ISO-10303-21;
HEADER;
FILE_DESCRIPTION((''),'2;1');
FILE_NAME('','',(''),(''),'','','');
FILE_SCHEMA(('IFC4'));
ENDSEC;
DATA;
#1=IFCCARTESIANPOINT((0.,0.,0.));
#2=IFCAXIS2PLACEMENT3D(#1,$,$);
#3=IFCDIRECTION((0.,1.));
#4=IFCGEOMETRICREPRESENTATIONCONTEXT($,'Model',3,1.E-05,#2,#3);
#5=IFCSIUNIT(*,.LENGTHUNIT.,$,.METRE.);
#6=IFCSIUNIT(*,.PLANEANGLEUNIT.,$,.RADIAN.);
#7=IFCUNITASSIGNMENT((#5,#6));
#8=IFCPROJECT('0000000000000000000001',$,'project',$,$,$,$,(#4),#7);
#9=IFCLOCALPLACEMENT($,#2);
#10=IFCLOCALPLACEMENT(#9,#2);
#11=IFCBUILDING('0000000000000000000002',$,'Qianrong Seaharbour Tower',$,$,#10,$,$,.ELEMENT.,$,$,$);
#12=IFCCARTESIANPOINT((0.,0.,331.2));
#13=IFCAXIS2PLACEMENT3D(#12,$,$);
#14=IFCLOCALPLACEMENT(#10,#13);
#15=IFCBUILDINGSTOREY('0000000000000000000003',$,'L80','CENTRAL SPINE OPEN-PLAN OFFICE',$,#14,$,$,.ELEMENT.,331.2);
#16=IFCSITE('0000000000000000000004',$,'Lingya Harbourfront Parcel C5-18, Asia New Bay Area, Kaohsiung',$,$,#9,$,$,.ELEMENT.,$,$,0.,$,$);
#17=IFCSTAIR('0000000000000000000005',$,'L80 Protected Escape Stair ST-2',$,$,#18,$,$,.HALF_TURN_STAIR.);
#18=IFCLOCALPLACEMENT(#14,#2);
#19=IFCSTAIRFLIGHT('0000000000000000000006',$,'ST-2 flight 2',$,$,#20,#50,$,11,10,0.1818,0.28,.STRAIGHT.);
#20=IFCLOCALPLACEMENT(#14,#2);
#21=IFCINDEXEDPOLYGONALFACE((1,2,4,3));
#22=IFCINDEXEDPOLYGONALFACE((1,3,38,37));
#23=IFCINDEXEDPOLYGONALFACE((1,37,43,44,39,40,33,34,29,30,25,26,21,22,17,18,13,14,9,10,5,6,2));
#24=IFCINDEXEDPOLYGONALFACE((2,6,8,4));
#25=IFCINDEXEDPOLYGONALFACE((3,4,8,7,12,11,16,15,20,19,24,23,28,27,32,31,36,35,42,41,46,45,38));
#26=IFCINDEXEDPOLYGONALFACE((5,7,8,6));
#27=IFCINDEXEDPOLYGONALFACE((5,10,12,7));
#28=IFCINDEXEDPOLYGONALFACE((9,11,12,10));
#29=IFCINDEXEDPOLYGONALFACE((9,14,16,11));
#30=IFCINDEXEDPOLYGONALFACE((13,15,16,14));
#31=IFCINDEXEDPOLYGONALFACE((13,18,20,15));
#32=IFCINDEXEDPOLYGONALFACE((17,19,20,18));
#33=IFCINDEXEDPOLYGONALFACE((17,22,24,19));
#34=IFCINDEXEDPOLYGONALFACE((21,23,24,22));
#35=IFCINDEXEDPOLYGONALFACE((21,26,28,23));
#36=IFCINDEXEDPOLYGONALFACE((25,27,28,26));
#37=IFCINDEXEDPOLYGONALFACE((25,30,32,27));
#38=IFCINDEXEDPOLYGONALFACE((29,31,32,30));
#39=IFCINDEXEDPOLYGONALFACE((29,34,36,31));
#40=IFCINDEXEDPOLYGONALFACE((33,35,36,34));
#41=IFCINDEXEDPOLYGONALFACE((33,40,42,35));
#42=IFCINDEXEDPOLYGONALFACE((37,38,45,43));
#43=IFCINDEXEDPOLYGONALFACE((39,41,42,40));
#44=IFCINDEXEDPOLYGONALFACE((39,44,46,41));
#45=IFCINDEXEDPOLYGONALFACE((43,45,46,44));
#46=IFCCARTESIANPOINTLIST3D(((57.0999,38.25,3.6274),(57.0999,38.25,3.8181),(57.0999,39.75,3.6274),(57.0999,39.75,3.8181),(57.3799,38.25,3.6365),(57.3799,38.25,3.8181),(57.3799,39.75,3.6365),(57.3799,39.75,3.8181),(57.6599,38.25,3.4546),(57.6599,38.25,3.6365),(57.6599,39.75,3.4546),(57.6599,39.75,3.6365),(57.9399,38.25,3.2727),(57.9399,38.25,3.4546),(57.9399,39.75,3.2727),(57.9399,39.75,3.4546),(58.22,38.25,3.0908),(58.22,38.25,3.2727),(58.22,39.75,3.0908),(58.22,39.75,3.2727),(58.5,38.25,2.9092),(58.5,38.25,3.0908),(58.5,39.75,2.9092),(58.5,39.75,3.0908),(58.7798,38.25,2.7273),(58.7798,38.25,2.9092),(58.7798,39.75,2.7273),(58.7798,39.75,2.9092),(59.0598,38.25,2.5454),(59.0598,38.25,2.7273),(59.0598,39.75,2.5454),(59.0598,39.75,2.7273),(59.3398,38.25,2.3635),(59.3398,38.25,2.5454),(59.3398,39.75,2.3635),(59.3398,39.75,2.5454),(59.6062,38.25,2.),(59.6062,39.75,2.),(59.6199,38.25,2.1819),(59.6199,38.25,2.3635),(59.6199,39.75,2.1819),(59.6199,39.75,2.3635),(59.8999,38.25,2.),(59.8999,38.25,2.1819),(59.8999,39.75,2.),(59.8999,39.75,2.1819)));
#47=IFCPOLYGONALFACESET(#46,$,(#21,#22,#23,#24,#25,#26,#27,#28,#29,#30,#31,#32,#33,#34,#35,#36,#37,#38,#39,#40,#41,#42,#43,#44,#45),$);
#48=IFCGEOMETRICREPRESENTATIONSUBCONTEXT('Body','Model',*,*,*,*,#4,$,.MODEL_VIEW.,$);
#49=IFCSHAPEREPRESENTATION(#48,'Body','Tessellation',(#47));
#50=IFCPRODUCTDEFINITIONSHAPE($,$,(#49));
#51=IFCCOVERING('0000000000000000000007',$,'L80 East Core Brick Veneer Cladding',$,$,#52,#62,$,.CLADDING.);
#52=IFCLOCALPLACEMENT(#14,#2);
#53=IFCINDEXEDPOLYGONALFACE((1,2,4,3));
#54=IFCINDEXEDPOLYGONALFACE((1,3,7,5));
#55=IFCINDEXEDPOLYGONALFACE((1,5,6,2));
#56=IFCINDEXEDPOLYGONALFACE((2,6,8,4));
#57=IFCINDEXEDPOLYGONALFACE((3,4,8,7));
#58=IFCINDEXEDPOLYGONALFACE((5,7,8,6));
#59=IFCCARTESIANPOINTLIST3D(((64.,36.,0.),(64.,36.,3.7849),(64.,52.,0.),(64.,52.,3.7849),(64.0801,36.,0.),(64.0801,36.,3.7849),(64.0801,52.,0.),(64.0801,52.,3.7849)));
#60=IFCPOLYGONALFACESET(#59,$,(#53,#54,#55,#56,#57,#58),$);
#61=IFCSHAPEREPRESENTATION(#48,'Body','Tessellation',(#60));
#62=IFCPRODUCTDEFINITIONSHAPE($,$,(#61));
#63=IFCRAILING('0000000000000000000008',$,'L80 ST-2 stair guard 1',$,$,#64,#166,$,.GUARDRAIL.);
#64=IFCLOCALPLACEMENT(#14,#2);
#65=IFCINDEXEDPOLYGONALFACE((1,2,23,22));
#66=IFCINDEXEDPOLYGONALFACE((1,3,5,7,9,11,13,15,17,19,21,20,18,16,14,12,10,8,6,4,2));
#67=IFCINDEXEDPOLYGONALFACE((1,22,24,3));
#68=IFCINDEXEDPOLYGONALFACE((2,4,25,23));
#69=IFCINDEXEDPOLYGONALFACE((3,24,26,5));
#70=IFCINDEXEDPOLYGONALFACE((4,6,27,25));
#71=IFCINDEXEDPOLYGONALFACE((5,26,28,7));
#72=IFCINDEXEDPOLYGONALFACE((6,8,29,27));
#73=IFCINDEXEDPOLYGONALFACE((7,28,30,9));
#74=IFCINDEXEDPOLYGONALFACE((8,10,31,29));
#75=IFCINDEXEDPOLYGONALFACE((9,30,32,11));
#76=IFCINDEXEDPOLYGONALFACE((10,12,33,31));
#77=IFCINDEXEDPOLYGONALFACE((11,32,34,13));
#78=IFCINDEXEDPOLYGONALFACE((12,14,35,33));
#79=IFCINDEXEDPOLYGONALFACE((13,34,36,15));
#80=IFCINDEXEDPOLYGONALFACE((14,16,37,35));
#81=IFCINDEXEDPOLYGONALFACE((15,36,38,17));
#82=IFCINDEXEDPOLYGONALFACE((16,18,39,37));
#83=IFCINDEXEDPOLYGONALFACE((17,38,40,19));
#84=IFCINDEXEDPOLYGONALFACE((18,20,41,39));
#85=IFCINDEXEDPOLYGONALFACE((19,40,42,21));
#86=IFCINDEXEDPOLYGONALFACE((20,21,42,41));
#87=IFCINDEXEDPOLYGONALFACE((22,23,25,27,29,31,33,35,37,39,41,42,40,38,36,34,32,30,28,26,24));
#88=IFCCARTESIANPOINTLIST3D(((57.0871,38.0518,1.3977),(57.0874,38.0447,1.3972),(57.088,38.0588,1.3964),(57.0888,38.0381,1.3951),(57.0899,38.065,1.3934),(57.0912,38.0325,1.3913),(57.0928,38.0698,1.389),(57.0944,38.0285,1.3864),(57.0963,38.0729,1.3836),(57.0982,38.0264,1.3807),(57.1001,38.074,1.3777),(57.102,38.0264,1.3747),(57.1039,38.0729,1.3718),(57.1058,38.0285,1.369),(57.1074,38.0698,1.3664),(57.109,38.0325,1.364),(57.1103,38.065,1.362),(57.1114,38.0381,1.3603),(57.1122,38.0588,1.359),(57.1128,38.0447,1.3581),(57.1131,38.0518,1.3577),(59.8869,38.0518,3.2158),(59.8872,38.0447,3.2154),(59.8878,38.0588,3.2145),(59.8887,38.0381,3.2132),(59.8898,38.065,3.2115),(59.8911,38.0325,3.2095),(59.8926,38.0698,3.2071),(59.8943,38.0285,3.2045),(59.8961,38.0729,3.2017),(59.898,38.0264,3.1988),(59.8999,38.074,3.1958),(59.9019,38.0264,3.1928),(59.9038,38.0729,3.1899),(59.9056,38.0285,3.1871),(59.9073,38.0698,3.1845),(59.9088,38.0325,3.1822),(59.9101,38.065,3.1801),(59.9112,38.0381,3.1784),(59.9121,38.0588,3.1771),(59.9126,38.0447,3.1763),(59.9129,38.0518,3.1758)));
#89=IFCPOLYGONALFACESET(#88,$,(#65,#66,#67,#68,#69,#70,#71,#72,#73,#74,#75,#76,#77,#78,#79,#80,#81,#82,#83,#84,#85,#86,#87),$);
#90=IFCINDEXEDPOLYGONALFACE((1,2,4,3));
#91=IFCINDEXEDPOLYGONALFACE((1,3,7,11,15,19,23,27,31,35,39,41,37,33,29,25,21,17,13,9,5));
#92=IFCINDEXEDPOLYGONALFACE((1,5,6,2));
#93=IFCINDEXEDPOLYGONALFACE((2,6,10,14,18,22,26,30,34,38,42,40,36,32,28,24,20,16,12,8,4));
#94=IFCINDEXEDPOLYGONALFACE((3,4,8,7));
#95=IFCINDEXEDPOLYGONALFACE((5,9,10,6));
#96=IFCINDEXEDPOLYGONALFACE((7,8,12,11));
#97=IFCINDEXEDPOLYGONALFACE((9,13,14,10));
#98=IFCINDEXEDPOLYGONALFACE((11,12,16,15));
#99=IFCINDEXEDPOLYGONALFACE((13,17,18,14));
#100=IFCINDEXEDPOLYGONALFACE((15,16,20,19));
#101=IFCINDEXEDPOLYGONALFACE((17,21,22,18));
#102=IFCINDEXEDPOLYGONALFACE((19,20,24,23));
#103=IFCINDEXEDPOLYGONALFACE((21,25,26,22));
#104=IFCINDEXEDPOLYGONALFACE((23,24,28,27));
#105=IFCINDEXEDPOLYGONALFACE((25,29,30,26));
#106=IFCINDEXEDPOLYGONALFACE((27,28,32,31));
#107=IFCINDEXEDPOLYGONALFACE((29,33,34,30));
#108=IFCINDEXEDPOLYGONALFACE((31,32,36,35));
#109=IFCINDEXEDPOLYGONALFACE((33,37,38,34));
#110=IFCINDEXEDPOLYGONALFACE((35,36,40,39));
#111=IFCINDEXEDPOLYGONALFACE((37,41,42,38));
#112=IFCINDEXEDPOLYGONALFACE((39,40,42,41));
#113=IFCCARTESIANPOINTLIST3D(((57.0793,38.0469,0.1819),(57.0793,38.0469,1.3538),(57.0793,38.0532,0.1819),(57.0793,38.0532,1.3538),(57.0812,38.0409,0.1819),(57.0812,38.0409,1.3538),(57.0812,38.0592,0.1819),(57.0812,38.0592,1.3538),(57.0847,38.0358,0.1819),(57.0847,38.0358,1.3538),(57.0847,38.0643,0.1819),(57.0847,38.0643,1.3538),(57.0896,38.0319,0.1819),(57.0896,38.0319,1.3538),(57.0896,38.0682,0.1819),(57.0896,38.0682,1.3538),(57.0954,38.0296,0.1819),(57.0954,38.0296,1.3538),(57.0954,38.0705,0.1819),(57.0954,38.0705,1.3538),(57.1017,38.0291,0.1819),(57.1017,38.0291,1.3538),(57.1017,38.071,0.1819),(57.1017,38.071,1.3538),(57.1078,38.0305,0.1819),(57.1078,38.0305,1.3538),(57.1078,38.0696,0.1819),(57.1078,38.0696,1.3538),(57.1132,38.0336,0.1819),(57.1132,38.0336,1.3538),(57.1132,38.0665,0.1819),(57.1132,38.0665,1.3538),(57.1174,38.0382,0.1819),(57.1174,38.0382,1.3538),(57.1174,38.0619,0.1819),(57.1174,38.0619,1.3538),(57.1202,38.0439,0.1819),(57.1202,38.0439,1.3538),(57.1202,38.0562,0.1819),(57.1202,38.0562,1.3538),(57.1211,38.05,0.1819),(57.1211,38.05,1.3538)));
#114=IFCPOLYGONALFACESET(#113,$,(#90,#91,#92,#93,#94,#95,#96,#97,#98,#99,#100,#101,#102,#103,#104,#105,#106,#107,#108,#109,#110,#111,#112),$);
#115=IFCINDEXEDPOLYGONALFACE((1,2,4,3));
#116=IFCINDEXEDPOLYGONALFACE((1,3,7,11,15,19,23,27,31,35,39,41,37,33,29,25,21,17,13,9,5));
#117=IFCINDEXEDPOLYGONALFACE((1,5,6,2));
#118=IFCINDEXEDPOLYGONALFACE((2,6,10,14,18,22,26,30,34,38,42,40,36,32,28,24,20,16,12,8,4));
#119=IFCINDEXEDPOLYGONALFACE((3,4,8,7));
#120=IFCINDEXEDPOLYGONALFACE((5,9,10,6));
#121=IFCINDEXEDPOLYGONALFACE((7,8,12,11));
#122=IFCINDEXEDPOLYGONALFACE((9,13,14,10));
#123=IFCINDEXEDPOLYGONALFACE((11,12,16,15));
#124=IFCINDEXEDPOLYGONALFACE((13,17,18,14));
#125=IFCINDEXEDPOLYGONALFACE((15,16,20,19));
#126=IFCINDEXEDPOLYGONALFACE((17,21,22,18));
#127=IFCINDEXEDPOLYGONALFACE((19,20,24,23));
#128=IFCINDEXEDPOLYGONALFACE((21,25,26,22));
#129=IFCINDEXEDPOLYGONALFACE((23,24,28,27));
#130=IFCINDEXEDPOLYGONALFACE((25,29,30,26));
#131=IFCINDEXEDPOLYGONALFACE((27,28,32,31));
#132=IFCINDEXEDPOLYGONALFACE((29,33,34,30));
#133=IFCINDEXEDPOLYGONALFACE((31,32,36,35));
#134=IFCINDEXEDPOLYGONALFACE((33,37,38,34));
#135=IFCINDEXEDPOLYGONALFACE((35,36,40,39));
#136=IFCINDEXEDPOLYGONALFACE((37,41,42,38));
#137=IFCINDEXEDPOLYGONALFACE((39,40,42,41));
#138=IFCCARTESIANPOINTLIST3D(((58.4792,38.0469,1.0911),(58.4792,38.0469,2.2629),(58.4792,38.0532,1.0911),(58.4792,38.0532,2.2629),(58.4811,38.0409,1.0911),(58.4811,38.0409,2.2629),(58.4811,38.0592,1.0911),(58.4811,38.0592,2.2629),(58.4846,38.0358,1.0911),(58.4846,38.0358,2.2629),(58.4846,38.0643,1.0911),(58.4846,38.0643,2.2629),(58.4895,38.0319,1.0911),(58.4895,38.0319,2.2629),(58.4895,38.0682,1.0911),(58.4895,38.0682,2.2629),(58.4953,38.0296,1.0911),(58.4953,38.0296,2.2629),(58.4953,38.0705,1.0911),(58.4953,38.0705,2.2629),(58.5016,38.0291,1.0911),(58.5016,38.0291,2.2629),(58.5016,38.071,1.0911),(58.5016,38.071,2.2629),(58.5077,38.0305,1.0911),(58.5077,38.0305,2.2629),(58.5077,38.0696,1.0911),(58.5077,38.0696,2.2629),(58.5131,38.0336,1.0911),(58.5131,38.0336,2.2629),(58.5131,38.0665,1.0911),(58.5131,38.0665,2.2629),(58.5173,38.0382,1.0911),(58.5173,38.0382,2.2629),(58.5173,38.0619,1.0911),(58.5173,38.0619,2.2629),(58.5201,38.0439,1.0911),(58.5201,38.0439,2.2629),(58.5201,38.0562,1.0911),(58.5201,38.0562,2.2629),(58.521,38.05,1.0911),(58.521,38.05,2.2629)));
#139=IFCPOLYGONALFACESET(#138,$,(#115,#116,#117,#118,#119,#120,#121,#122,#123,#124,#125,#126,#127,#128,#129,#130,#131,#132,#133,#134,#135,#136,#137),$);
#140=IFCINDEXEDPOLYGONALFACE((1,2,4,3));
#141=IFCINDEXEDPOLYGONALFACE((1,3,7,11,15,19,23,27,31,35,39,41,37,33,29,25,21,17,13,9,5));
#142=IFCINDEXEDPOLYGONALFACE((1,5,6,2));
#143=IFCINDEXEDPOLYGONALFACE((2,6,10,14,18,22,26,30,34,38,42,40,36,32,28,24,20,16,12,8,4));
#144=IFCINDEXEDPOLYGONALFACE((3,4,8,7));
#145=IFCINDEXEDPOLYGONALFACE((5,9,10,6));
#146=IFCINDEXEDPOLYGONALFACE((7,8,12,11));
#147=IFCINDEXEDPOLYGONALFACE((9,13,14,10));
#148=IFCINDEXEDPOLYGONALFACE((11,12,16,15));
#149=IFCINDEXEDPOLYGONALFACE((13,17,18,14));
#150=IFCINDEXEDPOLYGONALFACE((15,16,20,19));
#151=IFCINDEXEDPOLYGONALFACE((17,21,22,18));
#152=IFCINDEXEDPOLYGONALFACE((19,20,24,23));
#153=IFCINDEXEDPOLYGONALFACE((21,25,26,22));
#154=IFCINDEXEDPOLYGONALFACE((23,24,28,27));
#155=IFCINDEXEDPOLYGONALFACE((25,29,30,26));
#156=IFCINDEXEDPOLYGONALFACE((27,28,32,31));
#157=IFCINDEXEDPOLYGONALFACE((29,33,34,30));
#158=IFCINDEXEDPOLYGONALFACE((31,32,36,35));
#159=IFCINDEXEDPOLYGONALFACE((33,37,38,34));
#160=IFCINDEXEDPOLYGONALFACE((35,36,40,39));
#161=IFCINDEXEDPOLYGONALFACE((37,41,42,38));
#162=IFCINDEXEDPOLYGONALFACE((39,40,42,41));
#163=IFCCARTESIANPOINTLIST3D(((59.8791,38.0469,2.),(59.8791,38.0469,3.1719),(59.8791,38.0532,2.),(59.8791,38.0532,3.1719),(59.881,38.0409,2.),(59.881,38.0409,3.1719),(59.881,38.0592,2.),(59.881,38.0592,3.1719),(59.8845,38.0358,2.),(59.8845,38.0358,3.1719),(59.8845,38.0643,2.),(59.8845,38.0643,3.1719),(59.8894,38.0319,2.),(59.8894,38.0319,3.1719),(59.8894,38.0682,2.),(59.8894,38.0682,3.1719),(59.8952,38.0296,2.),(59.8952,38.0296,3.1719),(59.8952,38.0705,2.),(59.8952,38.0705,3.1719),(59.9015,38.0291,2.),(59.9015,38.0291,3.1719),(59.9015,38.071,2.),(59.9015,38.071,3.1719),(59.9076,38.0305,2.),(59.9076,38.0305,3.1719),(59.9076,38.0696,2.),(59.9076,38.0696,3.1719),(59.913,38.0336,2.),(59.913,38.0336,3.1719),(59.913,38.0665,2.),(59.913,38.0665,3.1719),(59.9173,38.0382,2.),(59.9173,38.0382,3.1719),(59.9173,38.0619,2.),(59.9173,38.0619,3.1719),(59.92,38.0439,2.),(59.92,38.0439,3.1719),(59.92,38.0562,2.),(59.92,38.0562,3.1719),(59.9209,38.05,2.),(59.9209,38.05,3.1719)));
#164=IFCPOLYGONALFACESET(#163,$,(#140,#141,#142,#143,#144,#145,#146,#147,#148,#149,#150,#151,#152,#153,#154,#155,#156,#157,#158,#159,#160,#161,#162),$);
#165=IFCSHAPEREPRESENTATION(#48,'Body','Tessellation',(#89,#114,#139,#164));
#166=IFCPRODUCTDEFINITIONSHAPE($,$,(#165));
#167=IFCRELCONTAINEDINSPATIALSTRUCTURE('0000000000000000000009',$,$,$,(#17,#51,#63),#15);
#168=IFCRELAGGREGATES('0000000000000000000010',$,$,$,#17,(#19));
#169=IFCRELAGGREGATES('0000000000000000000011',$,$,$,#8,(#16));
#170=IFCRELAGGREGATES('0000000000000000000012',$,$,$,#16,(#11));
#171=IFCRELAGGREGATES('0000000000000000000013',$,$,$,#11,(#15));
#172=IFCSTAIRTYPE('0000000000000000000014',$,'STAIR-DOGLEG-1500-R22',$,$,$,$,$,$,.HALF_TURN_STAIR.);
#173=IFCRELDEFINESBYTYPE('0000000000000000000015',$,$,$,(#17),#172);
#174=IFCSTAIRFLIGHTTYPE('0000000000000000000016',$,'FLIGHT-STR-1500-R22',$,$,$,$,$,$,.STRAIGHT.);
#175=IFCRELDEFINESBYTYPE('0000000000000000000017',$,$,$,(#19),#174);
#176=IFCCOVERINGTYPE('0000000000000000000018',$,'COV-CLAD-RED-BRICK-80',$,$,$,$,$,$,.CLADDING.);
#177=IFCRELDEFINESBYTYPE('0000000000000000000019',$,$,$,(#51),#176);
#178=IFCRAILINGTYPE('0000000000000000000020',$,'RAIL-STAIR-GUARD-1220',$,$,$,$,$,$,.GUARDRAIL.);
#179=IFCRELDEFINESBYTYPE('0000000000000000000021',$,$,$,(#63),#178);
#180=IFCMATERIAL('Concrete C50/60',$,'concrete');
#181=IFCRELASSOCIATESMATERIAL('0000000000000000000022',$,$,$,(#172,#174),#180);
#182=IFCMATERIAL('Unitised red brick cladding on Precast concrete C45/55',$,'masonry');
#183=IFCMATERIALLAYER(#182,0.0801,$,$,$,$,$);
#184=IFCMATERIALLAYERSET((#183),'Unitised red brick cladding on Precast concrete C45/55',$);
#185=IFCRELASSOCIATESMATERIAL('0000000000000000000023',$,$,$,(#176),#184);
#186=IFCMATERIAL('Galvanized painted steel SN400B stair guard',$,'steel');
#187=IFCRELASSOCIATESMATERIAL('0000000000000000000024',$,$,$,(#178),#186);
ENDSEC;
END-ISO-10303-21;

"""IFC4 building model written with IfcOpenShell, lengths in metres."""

from ifc_helpers import new_model, si_unit, direction, frame, origin, origin_2d, place, context, subcontext, project, spatial, polyline, rectangle, circle, outline, extrude, material, layer, layer_set, type_object, element, aggregate, save


model = new_model("IFC4")

# Units and contexts
model_context = context("Model", 3, precision=1e-05, world=origin(), true_north=direction((0.0, 1.0)))
body_context = subcontext(model_context, "Body", "Model", "MODEL_VIEW")
ifc_project = project(units=[si_unit("LENGTHUNIT", "METRE"), si_unit("PLANEANGLEUNIT", "RADIAN")], contexts=[model_context])

# Site, building, storey
site_placement = place(None, origin())
site = spatial("IfcSite", under=ifc_project, at=site_placement, Name="Lingya Harbourfront Parcel C5-18, Asia New Bay Area, Kaohsiung", CompositionType="ELEMENT", RefElevation=0.0)
building_placement = place(site_placement, origin())
building = spatial("IfcBuilding", under=site, at=building_placement, Name="Qianrong Seaharbour Tower", CompositionType="ELEMENT")
storey_placement = place(building_placement, frame((0.0, 0.0, 331.2)))
storey = spatial("IfcBuildingStorey", under=building, at=storey_placement, Name="L80", Description="CENTRAL SPINE OPEN-PLAN OFFICE", CompositionType="ELEMENT", Elevation=331.2)

# Shared definitions
ifc_material_1 = material(Name="Concrete C50/60", Category="concrete")

# Stair, stair flight
stair_type = type_object("IfcStairType", Name="STAIR-DOGLEG-1500-R22", PredefinedType="HALF_TURN_STAIR", material=ifc_material_1)
stair_placement = place(storey_placement, origin())
stair = element("IfcStair", 1, at=stair_placement, inside=storey, type_object=stair_type, Name="L80 Protected Escape Stair ST-2", PredefinedType="HALF_TURN_STAIR")
stair_flight_type = type_object("IfcStairFlightType", Name="FLIGHT-STR-1500-R22", PredefinedType="STRAIGHT", material=ifc_material_1)
stair_flight_1_placement = place(storey_placement, frame((59.8999, 39.0, 2.0), z_axis=(0.0, 0.0, 1.0), x_axis=(-1.0, 0.0, 0.0)))
stair_flight_1 = element("IfcStairFlight", 2, at=stair_flight_1_placement, type_object=stair_flight_type, Name="ST-2 flight 2", NumberOfRisers=11, NumberOfTreads=10, PredefinedType="STRAIGHT", RiserHeight=0.1818, TreadLength=0.28, context=body_context, shape_type="SweptSolid", body=[
    extrude(outline(polyline([(0.0, 0.0), (0.0, 0.1819), (0.28, 0.1819), (0.28, 0.3635), (0.5601, 0.3635), (0.5601, 0.5454), (0.8401, 0.5454), (0.8401, 0.7273), (1.1201, 0.7273), (1.1201, 0.9092), (1.3999, 0.9092), (1.3999, 1.0908), (1.6799, 1.0908), (1.6799, 1.2727), (1.96, 1.2727), (1.96, 1.4546), (2.24, 1.4546), (2.24, 1.6365), (2.52, 1.6365), (2.52, 1.8181), (2.8, 1.8181), (2.8, 2.0), (2.8, 1.6274), (0.2937, 0.0), (0.0, 0.0)])), frame((0.0, 0.75, 0.0), z_axis=(0.0, -1.0, 0.0), x_axis=(1.0, 0.0, 0.0)), (0.0, 0.0, 1.0), 1.5),
])
aggregate(stair, [stair_flight_1])

# Covering
ifc_material_2 = material(Name="Unitised red brick cladding on Precast concrete C45/55", Category="masonry")
ifc_layer_1 = layer(ifc_material_2, 0.0801)
ifc_layer_set_1 = layer_set([ifc_layer_1], Name="Unitised red brick cladding on Precast concrete C45/55")
covering_type = type_object("IfcCoveringType", Name="COV-CLAD-RED-BRICK-80", PredefinedType="CLADDING", material=ifc_layer_set_1)
covering_placement = place(storey_placement, frame((64.04, 44.0, 0.0), z_axis=(0.0, 0.0, 1.0), x_axis=(1.0, 0.0, 0.0)))
element("IfcCovering", 3, at=covering_placement, inside=storey, type_object=covering_type, Name="L80 East Core Brick Veneer Cladding", PredefinedType="CLADDING", context=body_context, shape_type="SweptSolid", body=[
    extrude(rectangle(XDim=0.0801, YDim=16.0, at=origin_2d()), origin(), (0.0, 0.0, 1.0), 3.7849),
])

# Railing
ifc_material_3 = material(Name="Galvanized painted steel SN400B stair guard", Category="steel")
railing_type_1 = type_object("IfcRailingType", Name="RAIL-STAIR-GUARD-1220", PredefinedType="GUARDRAIL", material=ifc_material_3)
railing_1_placement = place(storey_placement, frame((57.1001, 38.05, 0.1819)))
element("IfcRailing", 4, at=railing_1_placement, inside=storey, type_object=railing_type_1, Name="L80 ST-2 stair guard 1", PredefinedType="GUARDRAIL", context=body_context, shape_type="SweptSolid", body=[
    extrude(circle(Radius=0.0239, at=origin_2d()), frame((0.0, 0.0, 1.1958), z_axis=(0.838684, 0.0, 0.544618), x_axis=(0.0, 1.0, 0.0)), (0.0, 0.0, 1.0), 3.3384),
    extrude(circle(Radius=0.021, at=origin_2d()), origin(), (0.0, 0.0, 1.0), 1.1719),
    extrude(circle(Radius=0.021, at=origin_2d()), frame((1.3999, 0.0, 0.9092)), (0.0, 0.0, 1.0), 1.1719),
    extrude(circle(Radius=0.021, at=origin_2d()), frame((2.7998, 0.0, 1.8181)), (0.0, 0.0, 1.0), 1.1719),
])

save(model, "model.ifc")
